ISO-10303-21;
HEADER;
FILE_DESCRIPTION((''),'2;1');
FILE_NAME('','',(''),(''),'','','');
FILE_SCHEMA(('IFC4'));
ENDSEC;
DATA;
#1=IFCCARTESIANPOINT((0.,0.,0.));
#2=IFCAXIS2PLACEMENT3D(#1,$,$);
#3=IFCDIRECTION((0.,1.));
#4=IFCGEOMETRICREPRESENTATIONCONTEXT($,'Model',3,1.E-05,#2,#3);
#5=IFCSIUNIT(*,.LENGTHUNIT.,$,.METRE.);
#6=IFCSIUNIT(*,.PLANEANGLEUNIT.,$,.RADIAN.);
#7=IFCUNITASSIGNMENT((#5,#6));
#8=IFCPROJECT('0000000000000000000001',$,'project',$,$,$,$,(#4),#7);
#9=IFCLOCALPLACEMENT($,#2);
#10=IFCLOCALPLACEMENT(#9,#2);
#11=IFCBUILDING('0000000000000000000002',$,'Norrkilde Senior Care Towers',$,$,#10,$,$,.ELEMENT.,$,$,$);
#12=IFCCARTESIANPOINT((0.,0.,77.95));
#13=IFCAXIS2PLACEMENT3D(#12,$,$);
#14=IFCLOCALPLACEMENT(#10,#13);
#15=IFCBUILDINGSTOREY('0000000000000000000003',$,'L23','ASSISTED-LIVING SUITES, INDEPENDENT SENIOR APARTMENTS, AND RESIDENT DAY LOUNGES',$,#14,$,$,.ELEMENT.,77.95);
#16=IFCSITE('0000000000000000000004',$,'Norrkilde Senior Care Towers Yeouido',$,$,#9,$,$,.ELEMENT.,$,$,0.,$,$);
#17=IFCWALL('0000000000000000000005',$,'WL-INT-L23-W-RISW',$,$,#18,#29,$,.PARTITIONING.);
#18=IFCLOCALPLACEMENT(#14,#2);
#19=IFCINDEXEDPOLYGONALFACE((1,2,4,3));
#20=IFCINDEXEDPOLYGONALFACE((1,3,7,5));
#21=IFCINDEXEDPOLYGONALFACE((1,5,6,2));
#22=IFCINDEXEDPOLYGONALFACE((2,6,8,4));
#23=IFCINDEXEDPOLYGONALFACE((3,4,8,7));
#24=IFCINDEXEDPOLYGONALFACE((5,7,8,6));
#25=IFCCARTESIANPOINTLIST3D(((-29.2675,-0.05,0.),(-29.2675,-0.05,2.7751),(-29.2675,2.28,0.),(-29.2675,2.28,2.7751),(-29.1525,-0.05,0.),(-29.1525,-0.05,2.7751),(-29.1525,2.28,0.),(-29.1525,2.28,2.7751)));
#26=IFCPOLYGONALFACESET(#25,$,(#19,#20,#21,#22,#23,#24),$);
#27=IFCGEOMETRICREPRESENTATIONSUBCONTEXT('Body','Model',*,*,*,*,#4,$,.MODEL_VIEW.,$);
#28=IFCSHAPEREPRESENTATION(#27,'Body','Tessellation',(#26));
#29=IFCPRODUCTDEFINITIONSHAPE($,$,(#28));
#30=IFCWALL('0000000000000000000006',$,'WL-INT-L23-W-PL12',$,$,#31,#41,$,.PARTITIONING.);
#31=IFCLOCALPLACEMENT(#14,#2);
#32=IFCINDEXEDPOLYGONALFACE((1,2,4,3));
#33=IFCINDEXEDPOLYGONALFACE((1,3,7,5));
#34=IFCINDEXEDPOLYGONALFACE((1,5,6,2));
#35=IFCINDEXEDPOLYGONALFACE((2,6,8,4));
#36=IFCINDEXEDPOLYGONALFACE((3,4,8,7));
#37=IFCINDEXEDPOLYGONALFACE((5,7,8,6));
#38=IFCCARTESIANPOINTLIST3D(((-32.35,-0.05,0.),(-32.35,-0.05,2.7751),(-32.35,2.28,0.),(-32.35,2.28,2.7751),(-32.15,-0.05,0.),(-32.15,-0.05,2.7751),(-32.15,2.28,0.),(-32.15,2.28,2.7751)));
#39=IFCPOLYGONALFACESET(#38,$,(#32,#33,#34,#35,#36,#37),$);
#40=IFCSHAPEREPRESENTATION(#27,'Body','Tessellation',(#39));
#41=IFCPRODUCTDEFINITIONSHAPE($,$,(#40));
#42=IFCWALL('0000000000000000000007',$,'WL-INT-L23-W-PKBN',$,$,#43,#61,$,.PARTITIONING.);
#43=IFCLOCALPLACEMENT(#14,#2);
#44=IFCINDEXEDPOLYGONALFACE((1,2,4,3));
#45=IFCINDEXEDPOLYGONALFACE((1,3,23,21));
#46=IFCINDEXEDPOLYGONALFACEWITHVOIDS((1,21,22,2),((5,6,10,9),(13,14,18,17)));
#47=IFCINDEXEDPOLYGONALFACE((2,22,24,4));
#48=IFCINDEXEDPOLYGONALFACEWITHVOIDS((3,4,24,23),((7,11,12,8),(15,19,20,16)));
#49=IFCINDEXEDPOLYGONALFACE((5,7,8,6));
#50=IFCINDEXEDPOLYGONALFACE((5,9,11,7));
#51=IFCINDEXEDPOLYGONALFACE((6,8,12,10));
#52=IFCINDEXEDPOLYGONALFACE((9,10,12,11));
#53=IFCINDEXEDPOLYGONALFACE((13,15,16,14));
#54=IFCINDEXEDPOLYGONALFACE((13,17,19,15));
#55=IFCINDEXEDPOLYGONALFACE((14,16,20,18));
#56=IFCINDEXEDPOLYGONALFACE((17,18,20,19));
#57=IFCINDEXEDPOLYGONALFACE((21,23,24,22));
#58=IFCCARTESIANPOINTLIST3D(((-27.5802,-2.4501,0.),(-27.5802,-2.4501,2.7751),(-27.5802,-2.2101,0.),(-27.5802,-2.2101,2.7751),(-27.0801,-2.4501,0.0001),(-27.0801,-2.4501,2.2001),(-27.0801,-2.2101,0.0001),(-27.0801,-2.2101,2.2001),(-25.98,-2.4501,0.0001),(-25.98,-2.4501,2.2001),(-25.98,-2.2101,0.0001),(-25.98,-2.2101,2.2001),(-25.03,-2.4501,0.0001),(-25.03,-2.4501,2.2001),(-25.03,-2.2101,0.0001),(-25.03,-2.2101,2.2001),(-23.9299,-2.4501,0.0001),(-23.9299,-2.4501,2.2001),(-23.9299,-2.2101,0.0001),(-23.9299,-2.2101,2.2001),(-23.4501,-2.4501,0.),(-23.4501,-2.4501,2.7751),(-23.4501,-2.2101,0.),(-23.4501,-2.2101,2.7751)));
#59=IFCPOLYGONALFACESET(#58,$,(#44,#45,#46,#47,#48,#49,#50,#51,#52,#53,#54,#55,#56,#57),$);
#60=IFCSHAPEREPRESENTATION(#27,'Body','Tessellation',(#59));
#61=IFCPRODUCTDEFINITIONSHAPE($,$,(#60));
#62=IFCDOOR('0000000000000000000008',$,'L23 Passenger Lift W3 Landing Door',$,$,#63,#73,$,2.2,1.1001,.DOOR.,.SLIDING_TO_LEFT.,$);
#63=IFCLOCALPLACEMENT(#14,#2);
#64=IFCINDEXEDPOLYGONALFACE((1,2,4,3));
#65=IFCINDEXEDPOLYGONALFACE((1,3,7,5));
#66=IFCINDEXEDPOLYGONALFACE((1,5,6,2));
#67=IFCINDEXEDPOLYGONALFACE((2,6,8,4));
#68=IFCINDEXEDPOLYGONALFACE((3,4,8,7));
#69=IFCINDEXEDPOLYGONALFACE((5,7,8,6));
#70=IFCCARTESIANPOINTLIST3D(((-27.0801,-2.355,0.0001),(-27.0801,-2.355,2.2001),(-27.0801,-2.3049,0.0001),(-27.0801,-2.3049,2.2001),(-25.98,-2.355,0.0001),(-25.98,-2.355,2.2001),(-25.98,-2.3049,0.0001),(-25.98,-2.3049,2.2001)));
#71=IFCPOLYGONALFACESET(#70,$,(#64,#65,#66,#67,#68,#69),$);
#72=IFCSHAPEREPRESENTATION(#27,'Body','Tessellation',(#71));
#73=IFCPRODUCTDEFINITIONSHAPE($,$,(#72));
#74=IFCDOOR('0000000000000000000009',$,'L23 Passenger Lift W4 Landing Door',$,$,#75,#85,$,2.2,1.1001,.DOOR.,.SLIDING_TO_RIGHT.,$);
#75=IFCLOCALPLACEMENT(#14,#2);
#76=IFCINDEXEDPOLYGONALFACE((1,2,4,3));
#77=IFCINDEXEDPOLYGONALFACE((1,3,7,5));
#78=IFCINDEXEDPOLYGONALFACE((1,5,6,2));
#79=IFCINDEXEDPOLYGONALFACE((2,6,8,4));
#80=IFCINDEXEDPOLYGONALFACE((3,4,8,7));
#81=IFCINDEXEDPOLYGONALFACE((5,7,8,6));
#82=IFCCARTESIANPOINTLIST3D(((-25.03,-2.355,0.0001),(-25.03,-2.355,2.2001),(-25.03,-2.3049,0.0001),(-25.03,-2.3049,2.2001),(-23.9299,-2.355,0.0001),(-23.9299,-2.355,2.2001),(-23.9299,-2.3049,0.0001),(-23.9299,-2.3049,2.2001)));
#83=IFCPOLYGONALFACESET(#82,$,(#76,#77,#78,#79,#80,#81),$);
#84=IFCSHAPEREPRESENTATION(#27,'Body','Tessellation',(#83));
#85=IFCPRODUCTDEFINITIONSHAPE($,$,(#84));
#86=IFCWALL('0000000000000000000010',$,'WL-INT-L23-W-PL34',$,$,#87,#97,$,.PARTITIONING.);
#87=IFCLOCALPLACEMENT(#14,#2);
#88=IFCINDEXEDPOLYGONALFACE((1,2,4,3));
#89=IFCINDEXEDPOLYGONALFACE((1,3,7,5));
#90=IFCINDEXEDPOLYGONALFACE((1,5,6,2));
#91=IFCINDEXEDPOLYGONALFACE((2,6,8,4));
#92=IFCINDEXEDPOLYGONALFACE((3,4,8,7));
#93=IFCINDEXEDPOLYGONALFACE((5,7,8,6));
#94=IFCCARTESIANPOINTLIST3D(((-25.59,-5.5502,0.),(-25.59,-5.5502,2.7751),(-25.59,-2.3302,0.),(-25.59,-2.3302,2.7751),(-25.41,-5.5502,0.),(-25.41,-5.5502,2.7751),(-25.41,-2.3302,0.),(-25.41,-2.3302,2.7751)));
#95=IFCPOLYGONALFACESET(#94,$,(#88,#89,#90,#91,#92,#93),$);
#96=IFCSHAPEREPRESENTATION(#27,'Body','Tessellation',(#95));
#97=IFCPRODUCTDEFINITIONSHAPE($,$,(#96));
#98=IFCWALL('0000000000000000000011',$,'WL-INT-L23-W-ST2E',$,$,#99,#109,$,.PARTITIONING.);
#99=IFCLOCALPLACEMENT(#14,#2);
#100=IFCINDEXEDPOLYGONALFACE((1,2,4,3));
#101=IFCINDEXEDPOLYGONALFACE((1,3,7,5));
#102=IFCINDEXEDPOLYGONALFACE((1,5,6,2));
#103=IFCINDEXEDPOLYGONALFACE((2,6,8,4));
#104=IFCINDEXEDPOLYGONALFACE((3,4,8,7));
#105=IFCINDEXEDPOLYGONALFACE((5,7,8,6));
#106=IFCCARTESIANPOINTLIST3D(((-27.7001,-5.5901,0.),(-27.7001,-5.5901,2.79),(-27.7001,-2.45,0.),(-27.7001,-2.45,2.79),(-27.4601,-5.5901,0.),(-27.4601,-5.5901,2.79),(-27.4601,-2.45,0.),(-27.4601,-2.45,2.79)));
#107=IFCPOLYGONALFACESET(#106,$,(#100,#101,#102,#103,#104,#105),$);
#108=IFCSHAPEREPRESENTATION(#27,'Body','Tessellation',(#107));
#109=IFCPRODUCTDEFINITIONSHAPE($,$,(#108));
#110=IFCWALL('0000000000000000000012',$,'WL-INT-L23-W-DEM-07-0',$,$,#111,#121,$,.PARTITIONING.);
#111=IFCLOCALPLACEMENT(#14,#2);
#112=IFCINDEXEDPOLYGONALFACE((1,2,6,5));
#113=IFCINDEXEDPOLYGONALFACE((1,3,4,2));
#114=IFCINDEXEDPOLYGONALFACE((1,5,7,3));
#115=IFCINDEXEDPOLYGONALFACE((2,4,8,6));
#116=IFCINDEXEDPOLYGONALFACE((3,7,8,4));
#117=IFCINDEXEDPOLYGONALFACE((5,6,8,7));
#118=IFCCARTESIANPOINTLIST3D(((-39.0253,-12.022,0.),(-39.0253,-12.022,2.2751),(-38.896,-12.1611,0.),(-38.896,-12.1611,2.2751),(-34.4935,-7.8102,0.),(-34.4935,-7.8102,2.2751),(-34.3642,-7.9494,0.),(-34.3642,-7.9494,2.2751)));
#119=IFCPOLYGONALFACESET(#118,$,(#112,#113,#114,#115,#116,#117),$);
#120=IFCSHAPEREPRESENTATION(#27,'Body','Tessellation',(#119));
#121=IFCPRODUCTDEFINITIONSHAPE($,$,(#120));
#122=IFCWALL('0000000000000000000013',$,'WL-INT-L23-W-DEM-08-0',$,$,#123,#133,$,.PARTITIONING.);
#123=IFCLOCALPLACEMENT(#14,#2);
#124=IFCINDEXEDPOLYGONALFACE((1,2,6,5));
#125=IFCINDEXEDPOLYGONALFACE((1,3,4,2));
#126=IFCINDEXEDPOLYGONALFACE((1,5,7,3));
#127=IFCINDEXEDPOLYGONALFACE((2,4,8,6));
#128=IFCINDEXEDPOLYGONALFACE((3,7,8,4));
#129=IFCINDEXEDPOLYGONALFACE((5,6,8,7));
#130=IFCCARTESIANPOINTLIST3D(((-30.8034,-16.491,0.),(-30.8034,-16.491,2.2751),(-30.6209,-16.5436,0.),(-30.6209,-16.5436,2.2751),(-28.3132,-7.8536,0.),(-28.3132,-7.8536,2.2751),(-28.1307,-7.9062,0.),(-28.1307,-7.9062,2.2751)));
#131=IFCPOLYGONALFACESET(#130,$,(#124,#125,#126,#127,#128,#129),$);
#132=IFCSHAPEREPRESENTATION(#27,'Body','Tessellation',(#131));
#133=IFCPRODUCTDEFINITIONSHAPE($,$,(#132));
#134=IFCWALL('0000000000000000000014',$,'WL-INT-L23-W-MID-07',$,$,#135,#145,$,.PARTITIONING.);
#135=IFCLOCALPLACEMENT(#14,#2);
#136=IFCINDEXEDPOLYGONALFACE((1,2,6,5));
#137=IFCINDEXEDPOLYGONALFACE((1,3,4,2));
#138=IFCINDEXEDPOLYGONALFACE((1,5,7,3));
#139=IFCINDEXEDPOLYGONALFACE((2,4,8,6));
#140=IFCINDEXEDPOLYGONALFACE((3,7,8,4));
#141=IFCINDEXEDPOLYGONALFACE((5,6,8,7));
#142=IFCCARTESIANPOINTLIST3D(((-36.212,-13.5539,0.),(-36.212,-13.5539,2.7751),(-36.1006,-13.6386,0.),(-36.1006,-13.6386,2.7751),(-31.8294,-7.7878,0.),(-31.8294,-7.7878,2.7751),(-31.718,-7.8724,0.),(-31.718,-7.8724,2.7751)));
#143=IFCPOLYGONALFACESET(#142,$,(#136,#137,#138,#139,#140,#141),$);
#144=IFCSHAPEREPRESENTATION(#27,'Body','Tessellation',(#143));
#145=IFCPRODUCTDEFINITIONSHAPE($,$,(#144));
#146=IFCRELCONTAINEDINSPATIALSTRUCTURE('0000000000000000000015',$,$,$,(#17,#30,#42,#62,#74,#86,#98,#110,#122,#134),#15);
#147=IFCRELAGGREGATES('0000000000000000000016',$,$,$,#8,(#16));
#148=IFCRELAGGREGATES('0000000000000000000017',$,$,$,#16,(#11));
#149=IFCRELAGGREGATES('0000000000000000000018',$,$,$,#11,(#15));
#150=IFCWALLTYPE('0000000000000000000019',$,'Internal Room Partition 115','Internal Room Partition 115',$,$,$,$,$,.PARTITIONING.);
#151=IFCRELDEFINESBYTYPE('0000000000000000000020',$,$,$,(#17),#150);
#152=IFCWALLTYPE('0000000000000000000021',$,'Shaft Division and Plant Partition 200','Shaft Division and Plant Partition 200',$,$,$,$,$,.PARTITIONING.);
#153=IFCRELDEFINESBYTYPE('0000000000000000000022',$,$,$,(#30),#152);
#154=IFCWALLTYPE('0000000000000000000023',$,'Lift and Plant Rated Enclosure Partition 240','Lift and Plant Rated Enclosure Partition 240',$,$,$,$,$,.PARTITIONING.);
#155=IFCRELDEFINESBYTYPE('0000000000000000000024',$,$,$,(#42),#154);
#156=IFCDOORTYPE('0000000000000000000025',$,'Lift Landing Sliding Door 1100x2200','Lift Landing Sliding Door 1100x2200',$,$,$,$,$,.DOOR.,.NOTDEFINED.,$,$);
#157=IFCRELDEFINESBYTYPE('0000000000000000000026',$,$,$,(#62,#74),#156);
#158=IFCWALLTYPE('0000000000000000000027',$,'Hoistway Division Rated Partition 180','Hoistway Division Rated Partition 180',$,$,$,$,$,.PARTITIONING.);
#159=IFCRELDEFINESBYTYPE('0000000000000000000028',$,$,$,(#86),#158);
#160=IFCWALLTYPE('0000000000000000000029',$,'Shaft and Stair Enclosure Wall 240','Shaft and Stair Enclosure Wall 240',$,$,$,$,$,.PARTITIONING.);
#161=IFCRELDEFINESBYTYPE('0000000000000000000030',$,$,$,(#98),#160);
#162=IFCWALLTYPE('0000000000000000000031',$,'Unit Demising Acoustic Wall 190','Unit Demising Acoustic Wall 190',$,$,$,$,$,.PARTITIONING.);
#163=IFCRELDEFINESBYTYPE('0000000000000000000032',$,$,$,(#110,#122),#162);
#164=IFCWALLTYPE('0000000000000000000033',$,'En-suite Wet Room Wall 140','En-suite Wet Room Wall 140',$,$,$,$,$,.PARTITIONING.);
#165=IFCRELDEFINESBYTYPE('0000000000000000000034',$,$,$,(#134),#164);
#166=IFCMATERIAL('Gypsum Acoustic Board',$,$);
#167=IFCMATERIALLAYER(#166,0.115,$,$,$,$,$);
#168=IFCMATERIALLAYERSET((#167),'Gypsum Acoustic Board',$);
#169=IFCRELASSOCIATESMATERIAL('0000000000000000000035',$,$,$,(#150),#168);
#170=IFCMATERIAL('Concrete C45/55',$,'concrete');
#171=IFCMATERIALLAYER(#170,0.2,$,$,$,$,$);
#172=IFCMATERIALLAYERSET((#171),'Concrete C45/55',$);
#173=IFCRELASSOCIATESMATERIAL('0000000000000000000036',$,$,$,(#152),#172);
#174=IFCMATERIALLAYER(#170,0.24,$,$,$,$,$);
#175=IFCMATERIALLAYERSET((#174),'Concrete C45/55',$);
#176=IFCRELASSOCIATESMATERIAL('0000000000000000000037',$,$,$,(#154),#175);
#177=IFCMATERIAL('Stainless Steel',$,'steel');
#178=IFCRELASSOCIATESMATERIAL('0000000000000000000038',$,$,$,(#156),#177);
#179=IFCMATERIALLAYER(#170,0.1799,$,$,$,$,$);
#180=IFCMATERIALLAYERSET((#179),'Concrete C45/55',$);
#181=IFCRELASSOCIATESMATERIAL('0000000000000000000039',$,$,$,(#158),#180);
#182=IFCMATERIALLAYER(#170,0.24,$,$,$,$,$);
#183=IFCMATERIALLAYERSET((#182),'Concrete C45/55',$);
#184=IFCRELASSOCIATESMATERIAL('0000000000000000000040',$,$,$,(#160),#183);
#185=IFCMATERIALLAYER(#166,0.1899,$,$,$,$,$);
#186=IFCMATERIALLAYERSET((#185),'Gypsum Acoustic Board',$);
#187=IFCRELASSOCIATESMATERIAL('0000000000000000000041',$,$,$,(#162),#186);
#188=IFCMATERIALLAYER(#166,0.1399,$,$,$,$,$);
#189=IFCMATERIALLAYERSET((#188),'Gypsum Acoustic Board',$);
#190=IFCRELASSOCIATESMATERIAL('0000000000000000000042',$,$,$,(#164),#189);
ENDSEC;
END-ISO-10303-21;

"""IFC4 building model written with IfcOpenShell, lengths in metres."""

from ifc_helpers import new_model, si_unit, direction, frame, frame_2d, origin, place, context, subcontext, project, spatial, rectangle, extrude, source, transform, mapped, material, layer, layer_set, type_object, type_shapes, element, fill, save


model = new_model("IFC4")

# Units and contexts
model_context = context("Model", 3, precision=1e-05, world=origin(), true_north=direction((0.0, 1.0)))
body_context = subcontext(model_context, "Body", "Model", "MODEL_VIEW")
ifc_project = project(units=[si_unit("LENGTHUNIT", "METRE"), si_unit("PLANEANGLEUNIT", "RADIAN")], contexts=[model_context])

# Site, building, storey
site_placement = place(None, origin())
site = spatial("IfcSite", under=ifc_project, at=site_placement, Name="Norrkilde Senior Care Towers Yeouido", CompositionType="ELEMENT", RefElevation=0.0)
building_placement = place(site_placement, origin())
building = spatial("IfcBuilding", under=site, at=building_placement, Name="Norrkilde Senior Care Towers", CompositionType="ELEMENT")
storey_placement = place(building_placement, frame((0.0, 0.0, 77.95)))
storey = spatial("IfcBuildingStorey", under=building, at=storey_placement, Name="L23", Description="ASSISTED-LIVING SUITES, INDEPENDENT SENIOR APARTMENTS, AND RESIDENT DAY LOUNGES", CompositionType="ELEMENT", Elevation=77.95)

# Walls
ifc_material_1 = material(Name="Gypsum Acoustic Board")
ifc_layer_1 = layer(ifc_material_1, 0.115)
ifc_layer_set_1 = layer_set([ifc_layer_1], Name="Gypsum Acoustic Board")
wall_type_1 = type_object("IfcWallType", Name="Internal Room Partition 115", Description="Internal Room Partition 115", PredefinedType="PARTITIONING", material=ifc_layer_set_1)
shared_shape_1 = source(origin(), body_context, "Body", "SweptSolid", [
    extrude(rectangle(XDim=2.3301, YDim=0.115, at=frame_2d((1.165, 0.0))), origin(), (0.0, 0.0, 1.0), 2.7751),
])
type_shapes(wall_type_1, [shared_shape_1])
wall_1_placement = place(storey_placement, frame((-29.21, -0.05, 0.0), z_axis=(0.0, 0.0, 1.0), x_axis=(0.0, 1.0, 0.0)))
element("IfcWall", 1, at=wall_1_placement, inside=storey, type_object=wall_type_1, Name="WL-INT-L23-W-RISW", PredefinedType="PARTITIONING", context=body_context, shape_type="MappedRepresentation", body=[
    mapped(shared_shape_1, transform((0.0, 0.0, 0.0), x_axis=(1.0, 0.0, 0.0), y_axis=(0.0, 1.0, 0.0), z_axis=(0.0, 0.0, 1.0), scale=1.0)),
])
ifc_material_2 = material(Name="Concrete C45/55", Category="concrete")
ifc_layer_2 = layer(ifc_material_2, 0.2)
ifc_layer_set_2 = layer_set([ifc_layer_2], Name="Concrete C45/55")
wall_type_2 = type_object("IfcWallType", Name="Shaft Division and Plant Partition 200", Description="Shaft Division and Plant Partition 200", PredefinedType="PARTITIONING", material=ifc_layer_set_2)
shared_shape_2 = source(origin(), body_context, "Body", "SweptSolid", [
    extrude(rectangle(XDim=2.3301, YDim=0.2, at=frame_2d((1.165, 0.0))), origin(), (0.0, 0.0, 1.0), 2.7751),
])
type_shapes(wall_type_2, [shared_shape_2])
wall_2_placement = place(storey_placement, frame((-32.25, -0.05, 0.0), z_axis=(0.0, 0.0, 1.0), x_axis=(0.0, 1.0, 0.0)))
element("IfcWall", 2, at=wall_2_placement, inside=storey, type_object=wall_type_2, Name="WL-INT-L23-W-PL12", PredefinedType="PARTITIONING", context=body_context, shape_type="MappedRepresentation", body=[
    mapped(shared_shape_2, transform((0.0, 0.0, 0.0), x_axis=(1.0, 0.0, 0.0), y_axis=(0.0, 1.0, 0.0), z_axis=(0.0, 0.0, 1.0), scale=1.0)),
])

# Wall, openings, doors
ifc_layer_3 = layer(ifc_material_2, 0.24)
ifc_layer_set_3 = layer_set([ifc_layer_3], Name="Concrete C45/55")
wall_type_3 = type_object("IfcWallType", Name="Lift and Plant Rated Enclosure Partition 240", Description="Lift and Plant Rated Enclosure Partition 240", PredefinedType="PARTITIONING", material=ifc_layer_set_3)
shared_shape_3 = source(origin(), body_context, "Body", "SweptSolid", [
    extrude(rectangle(XDim=4.1301, YDim=0.24, at=frame_2d((2.0649, 0.0))), origin(), (0.0, 0.0, 1.0), 2.7751),
])
type_shapes(wall_type_3, [shared_shape_3])
wall_3_placement = place(storey_placement, frame((-27.5801, -2.3301, 0.0), z_axis=(0.0, 0.0, 1.0), x_axis=(1.0, 0.0, 0.0)))
wall_3 = element("IfcWall", 3, at=wall_3_placement, inside=storey, type_object=wall_type_3, Name="WL-INT-L23-W-PKBN", PredefinedType="PARTITIONING", context=body_context, shape_type="MappedRepresentation", body=[
    mapped(shared_shape_3, transform((0.0, 0.0, 0.0), x_axis=(1.0, 0.0, 0.0), y_axis=(0.0, 1.0, 0.0), z_axis=(0.0, 0.0, 1.0), scale=1.0)),
])
opening_1_placement = place(wall_3_placement, frame((0.5, 0.0, 0.0)))
opening_1 = element("IfcOpeningElement", 4, at=opening_1_placement, cuts=wall_3, PredefinedType="OPENING", context=body_context, shape_type="SweptSolid", body=[
    extrude(rectangle(XDim=1.1001, YDim=2.2, at=frame_2d((0.55, 1.1001))), frame((0.0, 0.1299, 0.0), z_axis=(0.0, -1.0, 0.0), x_axis=(1.0, 0.0, 0.0)), (0.0, 0.0, 1.0), 0.26),
])
opening_2_placement = place(wall_3_placement, frame((2.55, 0.0, 0.0)))
opening_2 = element("IfcOpeningElement", 5, at=opening_2_placement, cuts=wall_3, PredefinedType="OPENING", context=body_context, shape_type="SweptSolid", body=[
    extrude(rectangle(XDim=1.1001, YDim=2.2, at=frame_2d((0.55, 1.1001))), frame((0.0, 0.1299, 0.0), z_axis=(0.0, -1.0, 0.0), x_axis=(1.0, 0.0, 0.0)), (0.0, 0.0, 1.0), 0.26),
])
ifc_material_3 = material(Name="Stainless Steel", Category="steel")
door_type = type_object("IfcDoorType", Name="Lift Landing Sliding Door 1100x2200", Description="Lift Landing Sliding Door 1100x2200", OperationType="NOTDEFINED", PredefinedType="DOOR", material=ifc_material_3)
shared_shape_4 = source(origin(), body_context, "Body", "SweptSolid", [
    extrude(rectangle(XDim=1.1001, YDim=2.2, at=frame_2d((0.55, 1.1001))), frame((0.0, 0.0249, 0.0), z_axis=(0.0, -1.0, 0.0), x_axis=(1.0, 0.0, 0.0)), (0.0, 0.0, 1.0), 0.05),
])
type_shapes(door_type, [shared_shape_4])
door_1_placement = place(opening_1_placement, frame((1.1001, 0.0, 0.0), z_axis=(0.0, 0.0, 1.0), x_axis=(-1.0, 0.0, 0.0)))
door_1 = element("IfcDoor", 6, at=door_1_placement, inside=storey, type_object=door_type, Name="L23 Passenger Lift W3 Landing Door", OperationType="SLIDING_TO_LEFT", OverallHeight=2.2, OverallWidth=1.1001, PredefinedType="DOOR", context=body_context, shape_type="MappedRepresentation", body=[
    mapped(shared_shape_4, transform((0.0, 0.0, 0.0), x_axis=(1.0, 0.0, 0.0), y_axis=(0.0, 1.0, 0.0), z_axis=(0.0, 0.0, 1.0), scale=1.0)),
])
fill(opening_1, door_1)
door_2_placement = place(opening_2_placement, frame((1.1001, 0.0, 0.0), z_axis=(0.0, 0.0, 1.0), x_axis=(-1.0, 0.0, 0.0)))
door_2 = element("IfcDoor", 7, at=door_2_placement, inside=storey, type_object=door_type, Name="L23 Passenger Lift W4 Landing Door", OperationType="SLIDING_TO_RIGHT", OverallHeight=2.2, OverallWidth=1.1001, PredefinedType="DOOR", context=body_context, shape_type="MappedRepresentation", body=[
    mapped(shared_shape_4, transform((0.0, 0.0, 0.0), x_axis=(1.0, 0.0, 0.0), y_axis=(0.0, 1.0, 0.0), z_axis=(0.0, 0.0, 1.0), scale=1.0)),
])
fill(opening_2, door_2)

# Walls
ifc_layer_4 = layer(ifc_material_2, 0.1799)
ifc_layer_set_4 = layer_set([ifc_layer_4], Name="Concrete C45/55")
wall_type_4 = type_object("IfcWallType", Name="Hoistway Division Rated Partition 180", Description="Hoistway Division Rated Partition 180", PredefinedType="PARTITIONING", material=ifc_layer_set_4)
shared_shape_5 = source(origin(), body_context, "Body", "SweptSolid", [
    extrude(rectangle(XDim=3.22, YDim=0.1799, at=frame_2d((1.6099, 0.0))), origin(), (0.0, 0.0, 1.0), 2.7751),
])
type_shapes(wall_type_4, [shared_shape_5])
wall_4_placement = place(storey_placement, frame((-25.5, -5.55, 0.0), z_axis=(0.0, 0.0, 1.0), x_axis=(0.0, 1.0, 0.0)))
element("IfcWall", 8, at=wall_4_placement, inside=storey, type_object=wall_type_4, Name="WL-INT-L23-W-PL34", PredefinedType="PARTITIONING", context=body_context, shape_type="MappedRepresentation", body=[
    mapped(shared_shape_5, transform((0.0, 0.0, 0.0), x_axis=(1.0, 0.0, 0.0), y_axis=(0.0, 1.0, 0.0), z_axis=(0.0, 0.0, 1.0), scale=1.0)),
])
ifc_layer_5 = layer(ifc_material_2, 0.24)
ifc_layer_set_5 = layer_set([ifc_layer_5], Name="Concrete C45/55")
wall_type_5 = type_object("IfcWallType", Name="Shaft and Stair Enclosure Wall 240", Description="Shaft and Stair Enclosure Wall 240", PredefinedType="PARTITIONING", material=ifc_layer_set_5)
shared_shape_6 = source(origin(), body_context, "Body", "SweptSolid", [
    extrude(rectangle(XDim=3.1401, YDim=0.24, at=frame_2d((1.5701, 0.0))), origin(), (0.0, 0.0, 1.0), 2.79),
])
type_shapes(wall_type_5, [shared_shape_6])
wall_5_placement = place(storey_placement, frame((-27.5801, -5.5901, 0.0), z_axis=(0.0, 0.0, 1.0), x_axis=(0.0, 1.0, 0.0)))
element("IfcWall", 9, at=wall_5_placement, inside=storey, type_object=wall_type_5, Name="WL-INT-L23-W-ST2E", PredefinedType="PARTITIONING", context=body_context, shape_type="MappedRepresentation", body=[
    mapped(shared_shape_6, transform((0.0, 0.0, 0.0), x_axis=(1.0, 0.0, 0.0), y_axis=(0.0, 1.0, 0.0), z_axis=(0.0, 0.0, 1.0), scale=1.0)),
])
ifc_layer_6 = layer(ifc_material_1, 0.1899)
ifc_layer_set_6 = layer_set([ifc_layer_6], Name="Gypsum Acoustic Board")
wall_type_6 = type_object("IfcWallType", Name="Unit Demising Acoustic Wall 190", Description="Unit Demising Acoustic Wall 190", PredefinedType="PARTITIONING", material=ifc_layer_set_6)
shared_shape_7 = source(origin(), body_context, "Body", "SweptSolid", [
    extrude(rectangle(XDim=6.1868, YDim=0.1899, at=frame_2d((3.0933, 0.0))), origin(), (0.0, 0.0, 1.0), 2.2751),
])
wall_6_placement = place(storey_placement, frame((-34.429, -7.8799, 0.0), z_axis=(0.0, 0.0, 1.0), x_axis=(-0.732501, -0.680766, 0.0)))
element("IfcWall", 10, at=wall_6_placement, inside=storey, type_object=wall_type_6, Name="WL-INT-L23-W-DEM-07-0", PredefinedType="PARTITIONING", context=body_context, shape_type="MappedRepresentation", body=[
    mapped(shared_shape_7, transform((0.0, 0.0, 0.0), x_axis=(1.0, 0.0, 0.0), y_axis=(0.0, 1.0, 0.0), z_axis=(0.0, 0.0, 1.0), scale=1.0)),
])
shared_shape_8 = source(origin(), body_context, "Body", "SweptSolid", [
    extrude(rectangle(XDim=8.9893, YDim=0.1899, at=frame_2d((4.4946, 0.0))), origin(), (0.0, 0.0, 1.0), 2.2751),
])
type_shapes(wall_type_6, [shared_shape_7, shared_shape_8])
wall_7_placement = place(storey_placement, frame((-28.2219, -7.8799, 0.0), z_axis=(0.0, 0.0, 1.0), x_axis=(-0.277023, -0.960863, 0.0)))
element("IfcWall", 11, at=wall_7_placement, inside=storey, type_object=wall_type_6, Name="WL-INT-L23-W-DEM-08-0", PredefinedType="PARTITIONING", context=body_context, shape_type="MappedRepresentation", body=[
    mapped(shared_shape_8, transform((0.0, 0.0, 0.0), x_axis=(1.0, 0.0, 0.0), y_axis=(0.0, 1.0, 0.0), z_axis=(0.0, 0.0, 1.0), scale=1.0)),
])
ifc_layer_7 = layer(ifc_material_1, 0.1399)
ifc_layer_set_7 = layer_set([ifc_layer_7], Name="Gypsum Acoustic Board")
wall_type_7 = type_object("IfcWallType", Name="En-suite Wet Room Wall 140", Description="En-suite Wet Room Wall 140", PredefinedType="PARTITIONING", material=ifc_layer_set_7)
shared_shape_9 = source(origin(), body_context, "Body", "SweptSolid", [
    extrude(rectangle(XDim=7.2427, YDim=0.1399, at=frame_2d((3.6213, 0.0))), origin(), (0.0, 0.0, 1.0), 2.7751),
])
type_shapes(wall_type_7, [shared_shape_9])
wall_8_placement = place(storey_placement, frame((-31.7737, -7.8301, 0.0), z_axis=(0.0, 0.0, 1.0), x_axis=(-0.605111, -0.796141, 0.0)))
element("IfcWall", 12, at=wall_8_placement, inside=storey, type_object=wall_type_7, Name="WL-INT-L23-W-MID-07", PredefinedType="PARTITIONING", context=body_context, shape_type="MappedRepresentation", body=[
    mapped(shared_shape_9, transform((0.0, 0.0, 0.0), x_axis=(1.0, 0.0, 0.0), y_axis=(0.0, 1.0, 0.0), z_axis=(0.0, 0.0, 1.0), scale=1.0)),
])

save(model, "model.ifc")
